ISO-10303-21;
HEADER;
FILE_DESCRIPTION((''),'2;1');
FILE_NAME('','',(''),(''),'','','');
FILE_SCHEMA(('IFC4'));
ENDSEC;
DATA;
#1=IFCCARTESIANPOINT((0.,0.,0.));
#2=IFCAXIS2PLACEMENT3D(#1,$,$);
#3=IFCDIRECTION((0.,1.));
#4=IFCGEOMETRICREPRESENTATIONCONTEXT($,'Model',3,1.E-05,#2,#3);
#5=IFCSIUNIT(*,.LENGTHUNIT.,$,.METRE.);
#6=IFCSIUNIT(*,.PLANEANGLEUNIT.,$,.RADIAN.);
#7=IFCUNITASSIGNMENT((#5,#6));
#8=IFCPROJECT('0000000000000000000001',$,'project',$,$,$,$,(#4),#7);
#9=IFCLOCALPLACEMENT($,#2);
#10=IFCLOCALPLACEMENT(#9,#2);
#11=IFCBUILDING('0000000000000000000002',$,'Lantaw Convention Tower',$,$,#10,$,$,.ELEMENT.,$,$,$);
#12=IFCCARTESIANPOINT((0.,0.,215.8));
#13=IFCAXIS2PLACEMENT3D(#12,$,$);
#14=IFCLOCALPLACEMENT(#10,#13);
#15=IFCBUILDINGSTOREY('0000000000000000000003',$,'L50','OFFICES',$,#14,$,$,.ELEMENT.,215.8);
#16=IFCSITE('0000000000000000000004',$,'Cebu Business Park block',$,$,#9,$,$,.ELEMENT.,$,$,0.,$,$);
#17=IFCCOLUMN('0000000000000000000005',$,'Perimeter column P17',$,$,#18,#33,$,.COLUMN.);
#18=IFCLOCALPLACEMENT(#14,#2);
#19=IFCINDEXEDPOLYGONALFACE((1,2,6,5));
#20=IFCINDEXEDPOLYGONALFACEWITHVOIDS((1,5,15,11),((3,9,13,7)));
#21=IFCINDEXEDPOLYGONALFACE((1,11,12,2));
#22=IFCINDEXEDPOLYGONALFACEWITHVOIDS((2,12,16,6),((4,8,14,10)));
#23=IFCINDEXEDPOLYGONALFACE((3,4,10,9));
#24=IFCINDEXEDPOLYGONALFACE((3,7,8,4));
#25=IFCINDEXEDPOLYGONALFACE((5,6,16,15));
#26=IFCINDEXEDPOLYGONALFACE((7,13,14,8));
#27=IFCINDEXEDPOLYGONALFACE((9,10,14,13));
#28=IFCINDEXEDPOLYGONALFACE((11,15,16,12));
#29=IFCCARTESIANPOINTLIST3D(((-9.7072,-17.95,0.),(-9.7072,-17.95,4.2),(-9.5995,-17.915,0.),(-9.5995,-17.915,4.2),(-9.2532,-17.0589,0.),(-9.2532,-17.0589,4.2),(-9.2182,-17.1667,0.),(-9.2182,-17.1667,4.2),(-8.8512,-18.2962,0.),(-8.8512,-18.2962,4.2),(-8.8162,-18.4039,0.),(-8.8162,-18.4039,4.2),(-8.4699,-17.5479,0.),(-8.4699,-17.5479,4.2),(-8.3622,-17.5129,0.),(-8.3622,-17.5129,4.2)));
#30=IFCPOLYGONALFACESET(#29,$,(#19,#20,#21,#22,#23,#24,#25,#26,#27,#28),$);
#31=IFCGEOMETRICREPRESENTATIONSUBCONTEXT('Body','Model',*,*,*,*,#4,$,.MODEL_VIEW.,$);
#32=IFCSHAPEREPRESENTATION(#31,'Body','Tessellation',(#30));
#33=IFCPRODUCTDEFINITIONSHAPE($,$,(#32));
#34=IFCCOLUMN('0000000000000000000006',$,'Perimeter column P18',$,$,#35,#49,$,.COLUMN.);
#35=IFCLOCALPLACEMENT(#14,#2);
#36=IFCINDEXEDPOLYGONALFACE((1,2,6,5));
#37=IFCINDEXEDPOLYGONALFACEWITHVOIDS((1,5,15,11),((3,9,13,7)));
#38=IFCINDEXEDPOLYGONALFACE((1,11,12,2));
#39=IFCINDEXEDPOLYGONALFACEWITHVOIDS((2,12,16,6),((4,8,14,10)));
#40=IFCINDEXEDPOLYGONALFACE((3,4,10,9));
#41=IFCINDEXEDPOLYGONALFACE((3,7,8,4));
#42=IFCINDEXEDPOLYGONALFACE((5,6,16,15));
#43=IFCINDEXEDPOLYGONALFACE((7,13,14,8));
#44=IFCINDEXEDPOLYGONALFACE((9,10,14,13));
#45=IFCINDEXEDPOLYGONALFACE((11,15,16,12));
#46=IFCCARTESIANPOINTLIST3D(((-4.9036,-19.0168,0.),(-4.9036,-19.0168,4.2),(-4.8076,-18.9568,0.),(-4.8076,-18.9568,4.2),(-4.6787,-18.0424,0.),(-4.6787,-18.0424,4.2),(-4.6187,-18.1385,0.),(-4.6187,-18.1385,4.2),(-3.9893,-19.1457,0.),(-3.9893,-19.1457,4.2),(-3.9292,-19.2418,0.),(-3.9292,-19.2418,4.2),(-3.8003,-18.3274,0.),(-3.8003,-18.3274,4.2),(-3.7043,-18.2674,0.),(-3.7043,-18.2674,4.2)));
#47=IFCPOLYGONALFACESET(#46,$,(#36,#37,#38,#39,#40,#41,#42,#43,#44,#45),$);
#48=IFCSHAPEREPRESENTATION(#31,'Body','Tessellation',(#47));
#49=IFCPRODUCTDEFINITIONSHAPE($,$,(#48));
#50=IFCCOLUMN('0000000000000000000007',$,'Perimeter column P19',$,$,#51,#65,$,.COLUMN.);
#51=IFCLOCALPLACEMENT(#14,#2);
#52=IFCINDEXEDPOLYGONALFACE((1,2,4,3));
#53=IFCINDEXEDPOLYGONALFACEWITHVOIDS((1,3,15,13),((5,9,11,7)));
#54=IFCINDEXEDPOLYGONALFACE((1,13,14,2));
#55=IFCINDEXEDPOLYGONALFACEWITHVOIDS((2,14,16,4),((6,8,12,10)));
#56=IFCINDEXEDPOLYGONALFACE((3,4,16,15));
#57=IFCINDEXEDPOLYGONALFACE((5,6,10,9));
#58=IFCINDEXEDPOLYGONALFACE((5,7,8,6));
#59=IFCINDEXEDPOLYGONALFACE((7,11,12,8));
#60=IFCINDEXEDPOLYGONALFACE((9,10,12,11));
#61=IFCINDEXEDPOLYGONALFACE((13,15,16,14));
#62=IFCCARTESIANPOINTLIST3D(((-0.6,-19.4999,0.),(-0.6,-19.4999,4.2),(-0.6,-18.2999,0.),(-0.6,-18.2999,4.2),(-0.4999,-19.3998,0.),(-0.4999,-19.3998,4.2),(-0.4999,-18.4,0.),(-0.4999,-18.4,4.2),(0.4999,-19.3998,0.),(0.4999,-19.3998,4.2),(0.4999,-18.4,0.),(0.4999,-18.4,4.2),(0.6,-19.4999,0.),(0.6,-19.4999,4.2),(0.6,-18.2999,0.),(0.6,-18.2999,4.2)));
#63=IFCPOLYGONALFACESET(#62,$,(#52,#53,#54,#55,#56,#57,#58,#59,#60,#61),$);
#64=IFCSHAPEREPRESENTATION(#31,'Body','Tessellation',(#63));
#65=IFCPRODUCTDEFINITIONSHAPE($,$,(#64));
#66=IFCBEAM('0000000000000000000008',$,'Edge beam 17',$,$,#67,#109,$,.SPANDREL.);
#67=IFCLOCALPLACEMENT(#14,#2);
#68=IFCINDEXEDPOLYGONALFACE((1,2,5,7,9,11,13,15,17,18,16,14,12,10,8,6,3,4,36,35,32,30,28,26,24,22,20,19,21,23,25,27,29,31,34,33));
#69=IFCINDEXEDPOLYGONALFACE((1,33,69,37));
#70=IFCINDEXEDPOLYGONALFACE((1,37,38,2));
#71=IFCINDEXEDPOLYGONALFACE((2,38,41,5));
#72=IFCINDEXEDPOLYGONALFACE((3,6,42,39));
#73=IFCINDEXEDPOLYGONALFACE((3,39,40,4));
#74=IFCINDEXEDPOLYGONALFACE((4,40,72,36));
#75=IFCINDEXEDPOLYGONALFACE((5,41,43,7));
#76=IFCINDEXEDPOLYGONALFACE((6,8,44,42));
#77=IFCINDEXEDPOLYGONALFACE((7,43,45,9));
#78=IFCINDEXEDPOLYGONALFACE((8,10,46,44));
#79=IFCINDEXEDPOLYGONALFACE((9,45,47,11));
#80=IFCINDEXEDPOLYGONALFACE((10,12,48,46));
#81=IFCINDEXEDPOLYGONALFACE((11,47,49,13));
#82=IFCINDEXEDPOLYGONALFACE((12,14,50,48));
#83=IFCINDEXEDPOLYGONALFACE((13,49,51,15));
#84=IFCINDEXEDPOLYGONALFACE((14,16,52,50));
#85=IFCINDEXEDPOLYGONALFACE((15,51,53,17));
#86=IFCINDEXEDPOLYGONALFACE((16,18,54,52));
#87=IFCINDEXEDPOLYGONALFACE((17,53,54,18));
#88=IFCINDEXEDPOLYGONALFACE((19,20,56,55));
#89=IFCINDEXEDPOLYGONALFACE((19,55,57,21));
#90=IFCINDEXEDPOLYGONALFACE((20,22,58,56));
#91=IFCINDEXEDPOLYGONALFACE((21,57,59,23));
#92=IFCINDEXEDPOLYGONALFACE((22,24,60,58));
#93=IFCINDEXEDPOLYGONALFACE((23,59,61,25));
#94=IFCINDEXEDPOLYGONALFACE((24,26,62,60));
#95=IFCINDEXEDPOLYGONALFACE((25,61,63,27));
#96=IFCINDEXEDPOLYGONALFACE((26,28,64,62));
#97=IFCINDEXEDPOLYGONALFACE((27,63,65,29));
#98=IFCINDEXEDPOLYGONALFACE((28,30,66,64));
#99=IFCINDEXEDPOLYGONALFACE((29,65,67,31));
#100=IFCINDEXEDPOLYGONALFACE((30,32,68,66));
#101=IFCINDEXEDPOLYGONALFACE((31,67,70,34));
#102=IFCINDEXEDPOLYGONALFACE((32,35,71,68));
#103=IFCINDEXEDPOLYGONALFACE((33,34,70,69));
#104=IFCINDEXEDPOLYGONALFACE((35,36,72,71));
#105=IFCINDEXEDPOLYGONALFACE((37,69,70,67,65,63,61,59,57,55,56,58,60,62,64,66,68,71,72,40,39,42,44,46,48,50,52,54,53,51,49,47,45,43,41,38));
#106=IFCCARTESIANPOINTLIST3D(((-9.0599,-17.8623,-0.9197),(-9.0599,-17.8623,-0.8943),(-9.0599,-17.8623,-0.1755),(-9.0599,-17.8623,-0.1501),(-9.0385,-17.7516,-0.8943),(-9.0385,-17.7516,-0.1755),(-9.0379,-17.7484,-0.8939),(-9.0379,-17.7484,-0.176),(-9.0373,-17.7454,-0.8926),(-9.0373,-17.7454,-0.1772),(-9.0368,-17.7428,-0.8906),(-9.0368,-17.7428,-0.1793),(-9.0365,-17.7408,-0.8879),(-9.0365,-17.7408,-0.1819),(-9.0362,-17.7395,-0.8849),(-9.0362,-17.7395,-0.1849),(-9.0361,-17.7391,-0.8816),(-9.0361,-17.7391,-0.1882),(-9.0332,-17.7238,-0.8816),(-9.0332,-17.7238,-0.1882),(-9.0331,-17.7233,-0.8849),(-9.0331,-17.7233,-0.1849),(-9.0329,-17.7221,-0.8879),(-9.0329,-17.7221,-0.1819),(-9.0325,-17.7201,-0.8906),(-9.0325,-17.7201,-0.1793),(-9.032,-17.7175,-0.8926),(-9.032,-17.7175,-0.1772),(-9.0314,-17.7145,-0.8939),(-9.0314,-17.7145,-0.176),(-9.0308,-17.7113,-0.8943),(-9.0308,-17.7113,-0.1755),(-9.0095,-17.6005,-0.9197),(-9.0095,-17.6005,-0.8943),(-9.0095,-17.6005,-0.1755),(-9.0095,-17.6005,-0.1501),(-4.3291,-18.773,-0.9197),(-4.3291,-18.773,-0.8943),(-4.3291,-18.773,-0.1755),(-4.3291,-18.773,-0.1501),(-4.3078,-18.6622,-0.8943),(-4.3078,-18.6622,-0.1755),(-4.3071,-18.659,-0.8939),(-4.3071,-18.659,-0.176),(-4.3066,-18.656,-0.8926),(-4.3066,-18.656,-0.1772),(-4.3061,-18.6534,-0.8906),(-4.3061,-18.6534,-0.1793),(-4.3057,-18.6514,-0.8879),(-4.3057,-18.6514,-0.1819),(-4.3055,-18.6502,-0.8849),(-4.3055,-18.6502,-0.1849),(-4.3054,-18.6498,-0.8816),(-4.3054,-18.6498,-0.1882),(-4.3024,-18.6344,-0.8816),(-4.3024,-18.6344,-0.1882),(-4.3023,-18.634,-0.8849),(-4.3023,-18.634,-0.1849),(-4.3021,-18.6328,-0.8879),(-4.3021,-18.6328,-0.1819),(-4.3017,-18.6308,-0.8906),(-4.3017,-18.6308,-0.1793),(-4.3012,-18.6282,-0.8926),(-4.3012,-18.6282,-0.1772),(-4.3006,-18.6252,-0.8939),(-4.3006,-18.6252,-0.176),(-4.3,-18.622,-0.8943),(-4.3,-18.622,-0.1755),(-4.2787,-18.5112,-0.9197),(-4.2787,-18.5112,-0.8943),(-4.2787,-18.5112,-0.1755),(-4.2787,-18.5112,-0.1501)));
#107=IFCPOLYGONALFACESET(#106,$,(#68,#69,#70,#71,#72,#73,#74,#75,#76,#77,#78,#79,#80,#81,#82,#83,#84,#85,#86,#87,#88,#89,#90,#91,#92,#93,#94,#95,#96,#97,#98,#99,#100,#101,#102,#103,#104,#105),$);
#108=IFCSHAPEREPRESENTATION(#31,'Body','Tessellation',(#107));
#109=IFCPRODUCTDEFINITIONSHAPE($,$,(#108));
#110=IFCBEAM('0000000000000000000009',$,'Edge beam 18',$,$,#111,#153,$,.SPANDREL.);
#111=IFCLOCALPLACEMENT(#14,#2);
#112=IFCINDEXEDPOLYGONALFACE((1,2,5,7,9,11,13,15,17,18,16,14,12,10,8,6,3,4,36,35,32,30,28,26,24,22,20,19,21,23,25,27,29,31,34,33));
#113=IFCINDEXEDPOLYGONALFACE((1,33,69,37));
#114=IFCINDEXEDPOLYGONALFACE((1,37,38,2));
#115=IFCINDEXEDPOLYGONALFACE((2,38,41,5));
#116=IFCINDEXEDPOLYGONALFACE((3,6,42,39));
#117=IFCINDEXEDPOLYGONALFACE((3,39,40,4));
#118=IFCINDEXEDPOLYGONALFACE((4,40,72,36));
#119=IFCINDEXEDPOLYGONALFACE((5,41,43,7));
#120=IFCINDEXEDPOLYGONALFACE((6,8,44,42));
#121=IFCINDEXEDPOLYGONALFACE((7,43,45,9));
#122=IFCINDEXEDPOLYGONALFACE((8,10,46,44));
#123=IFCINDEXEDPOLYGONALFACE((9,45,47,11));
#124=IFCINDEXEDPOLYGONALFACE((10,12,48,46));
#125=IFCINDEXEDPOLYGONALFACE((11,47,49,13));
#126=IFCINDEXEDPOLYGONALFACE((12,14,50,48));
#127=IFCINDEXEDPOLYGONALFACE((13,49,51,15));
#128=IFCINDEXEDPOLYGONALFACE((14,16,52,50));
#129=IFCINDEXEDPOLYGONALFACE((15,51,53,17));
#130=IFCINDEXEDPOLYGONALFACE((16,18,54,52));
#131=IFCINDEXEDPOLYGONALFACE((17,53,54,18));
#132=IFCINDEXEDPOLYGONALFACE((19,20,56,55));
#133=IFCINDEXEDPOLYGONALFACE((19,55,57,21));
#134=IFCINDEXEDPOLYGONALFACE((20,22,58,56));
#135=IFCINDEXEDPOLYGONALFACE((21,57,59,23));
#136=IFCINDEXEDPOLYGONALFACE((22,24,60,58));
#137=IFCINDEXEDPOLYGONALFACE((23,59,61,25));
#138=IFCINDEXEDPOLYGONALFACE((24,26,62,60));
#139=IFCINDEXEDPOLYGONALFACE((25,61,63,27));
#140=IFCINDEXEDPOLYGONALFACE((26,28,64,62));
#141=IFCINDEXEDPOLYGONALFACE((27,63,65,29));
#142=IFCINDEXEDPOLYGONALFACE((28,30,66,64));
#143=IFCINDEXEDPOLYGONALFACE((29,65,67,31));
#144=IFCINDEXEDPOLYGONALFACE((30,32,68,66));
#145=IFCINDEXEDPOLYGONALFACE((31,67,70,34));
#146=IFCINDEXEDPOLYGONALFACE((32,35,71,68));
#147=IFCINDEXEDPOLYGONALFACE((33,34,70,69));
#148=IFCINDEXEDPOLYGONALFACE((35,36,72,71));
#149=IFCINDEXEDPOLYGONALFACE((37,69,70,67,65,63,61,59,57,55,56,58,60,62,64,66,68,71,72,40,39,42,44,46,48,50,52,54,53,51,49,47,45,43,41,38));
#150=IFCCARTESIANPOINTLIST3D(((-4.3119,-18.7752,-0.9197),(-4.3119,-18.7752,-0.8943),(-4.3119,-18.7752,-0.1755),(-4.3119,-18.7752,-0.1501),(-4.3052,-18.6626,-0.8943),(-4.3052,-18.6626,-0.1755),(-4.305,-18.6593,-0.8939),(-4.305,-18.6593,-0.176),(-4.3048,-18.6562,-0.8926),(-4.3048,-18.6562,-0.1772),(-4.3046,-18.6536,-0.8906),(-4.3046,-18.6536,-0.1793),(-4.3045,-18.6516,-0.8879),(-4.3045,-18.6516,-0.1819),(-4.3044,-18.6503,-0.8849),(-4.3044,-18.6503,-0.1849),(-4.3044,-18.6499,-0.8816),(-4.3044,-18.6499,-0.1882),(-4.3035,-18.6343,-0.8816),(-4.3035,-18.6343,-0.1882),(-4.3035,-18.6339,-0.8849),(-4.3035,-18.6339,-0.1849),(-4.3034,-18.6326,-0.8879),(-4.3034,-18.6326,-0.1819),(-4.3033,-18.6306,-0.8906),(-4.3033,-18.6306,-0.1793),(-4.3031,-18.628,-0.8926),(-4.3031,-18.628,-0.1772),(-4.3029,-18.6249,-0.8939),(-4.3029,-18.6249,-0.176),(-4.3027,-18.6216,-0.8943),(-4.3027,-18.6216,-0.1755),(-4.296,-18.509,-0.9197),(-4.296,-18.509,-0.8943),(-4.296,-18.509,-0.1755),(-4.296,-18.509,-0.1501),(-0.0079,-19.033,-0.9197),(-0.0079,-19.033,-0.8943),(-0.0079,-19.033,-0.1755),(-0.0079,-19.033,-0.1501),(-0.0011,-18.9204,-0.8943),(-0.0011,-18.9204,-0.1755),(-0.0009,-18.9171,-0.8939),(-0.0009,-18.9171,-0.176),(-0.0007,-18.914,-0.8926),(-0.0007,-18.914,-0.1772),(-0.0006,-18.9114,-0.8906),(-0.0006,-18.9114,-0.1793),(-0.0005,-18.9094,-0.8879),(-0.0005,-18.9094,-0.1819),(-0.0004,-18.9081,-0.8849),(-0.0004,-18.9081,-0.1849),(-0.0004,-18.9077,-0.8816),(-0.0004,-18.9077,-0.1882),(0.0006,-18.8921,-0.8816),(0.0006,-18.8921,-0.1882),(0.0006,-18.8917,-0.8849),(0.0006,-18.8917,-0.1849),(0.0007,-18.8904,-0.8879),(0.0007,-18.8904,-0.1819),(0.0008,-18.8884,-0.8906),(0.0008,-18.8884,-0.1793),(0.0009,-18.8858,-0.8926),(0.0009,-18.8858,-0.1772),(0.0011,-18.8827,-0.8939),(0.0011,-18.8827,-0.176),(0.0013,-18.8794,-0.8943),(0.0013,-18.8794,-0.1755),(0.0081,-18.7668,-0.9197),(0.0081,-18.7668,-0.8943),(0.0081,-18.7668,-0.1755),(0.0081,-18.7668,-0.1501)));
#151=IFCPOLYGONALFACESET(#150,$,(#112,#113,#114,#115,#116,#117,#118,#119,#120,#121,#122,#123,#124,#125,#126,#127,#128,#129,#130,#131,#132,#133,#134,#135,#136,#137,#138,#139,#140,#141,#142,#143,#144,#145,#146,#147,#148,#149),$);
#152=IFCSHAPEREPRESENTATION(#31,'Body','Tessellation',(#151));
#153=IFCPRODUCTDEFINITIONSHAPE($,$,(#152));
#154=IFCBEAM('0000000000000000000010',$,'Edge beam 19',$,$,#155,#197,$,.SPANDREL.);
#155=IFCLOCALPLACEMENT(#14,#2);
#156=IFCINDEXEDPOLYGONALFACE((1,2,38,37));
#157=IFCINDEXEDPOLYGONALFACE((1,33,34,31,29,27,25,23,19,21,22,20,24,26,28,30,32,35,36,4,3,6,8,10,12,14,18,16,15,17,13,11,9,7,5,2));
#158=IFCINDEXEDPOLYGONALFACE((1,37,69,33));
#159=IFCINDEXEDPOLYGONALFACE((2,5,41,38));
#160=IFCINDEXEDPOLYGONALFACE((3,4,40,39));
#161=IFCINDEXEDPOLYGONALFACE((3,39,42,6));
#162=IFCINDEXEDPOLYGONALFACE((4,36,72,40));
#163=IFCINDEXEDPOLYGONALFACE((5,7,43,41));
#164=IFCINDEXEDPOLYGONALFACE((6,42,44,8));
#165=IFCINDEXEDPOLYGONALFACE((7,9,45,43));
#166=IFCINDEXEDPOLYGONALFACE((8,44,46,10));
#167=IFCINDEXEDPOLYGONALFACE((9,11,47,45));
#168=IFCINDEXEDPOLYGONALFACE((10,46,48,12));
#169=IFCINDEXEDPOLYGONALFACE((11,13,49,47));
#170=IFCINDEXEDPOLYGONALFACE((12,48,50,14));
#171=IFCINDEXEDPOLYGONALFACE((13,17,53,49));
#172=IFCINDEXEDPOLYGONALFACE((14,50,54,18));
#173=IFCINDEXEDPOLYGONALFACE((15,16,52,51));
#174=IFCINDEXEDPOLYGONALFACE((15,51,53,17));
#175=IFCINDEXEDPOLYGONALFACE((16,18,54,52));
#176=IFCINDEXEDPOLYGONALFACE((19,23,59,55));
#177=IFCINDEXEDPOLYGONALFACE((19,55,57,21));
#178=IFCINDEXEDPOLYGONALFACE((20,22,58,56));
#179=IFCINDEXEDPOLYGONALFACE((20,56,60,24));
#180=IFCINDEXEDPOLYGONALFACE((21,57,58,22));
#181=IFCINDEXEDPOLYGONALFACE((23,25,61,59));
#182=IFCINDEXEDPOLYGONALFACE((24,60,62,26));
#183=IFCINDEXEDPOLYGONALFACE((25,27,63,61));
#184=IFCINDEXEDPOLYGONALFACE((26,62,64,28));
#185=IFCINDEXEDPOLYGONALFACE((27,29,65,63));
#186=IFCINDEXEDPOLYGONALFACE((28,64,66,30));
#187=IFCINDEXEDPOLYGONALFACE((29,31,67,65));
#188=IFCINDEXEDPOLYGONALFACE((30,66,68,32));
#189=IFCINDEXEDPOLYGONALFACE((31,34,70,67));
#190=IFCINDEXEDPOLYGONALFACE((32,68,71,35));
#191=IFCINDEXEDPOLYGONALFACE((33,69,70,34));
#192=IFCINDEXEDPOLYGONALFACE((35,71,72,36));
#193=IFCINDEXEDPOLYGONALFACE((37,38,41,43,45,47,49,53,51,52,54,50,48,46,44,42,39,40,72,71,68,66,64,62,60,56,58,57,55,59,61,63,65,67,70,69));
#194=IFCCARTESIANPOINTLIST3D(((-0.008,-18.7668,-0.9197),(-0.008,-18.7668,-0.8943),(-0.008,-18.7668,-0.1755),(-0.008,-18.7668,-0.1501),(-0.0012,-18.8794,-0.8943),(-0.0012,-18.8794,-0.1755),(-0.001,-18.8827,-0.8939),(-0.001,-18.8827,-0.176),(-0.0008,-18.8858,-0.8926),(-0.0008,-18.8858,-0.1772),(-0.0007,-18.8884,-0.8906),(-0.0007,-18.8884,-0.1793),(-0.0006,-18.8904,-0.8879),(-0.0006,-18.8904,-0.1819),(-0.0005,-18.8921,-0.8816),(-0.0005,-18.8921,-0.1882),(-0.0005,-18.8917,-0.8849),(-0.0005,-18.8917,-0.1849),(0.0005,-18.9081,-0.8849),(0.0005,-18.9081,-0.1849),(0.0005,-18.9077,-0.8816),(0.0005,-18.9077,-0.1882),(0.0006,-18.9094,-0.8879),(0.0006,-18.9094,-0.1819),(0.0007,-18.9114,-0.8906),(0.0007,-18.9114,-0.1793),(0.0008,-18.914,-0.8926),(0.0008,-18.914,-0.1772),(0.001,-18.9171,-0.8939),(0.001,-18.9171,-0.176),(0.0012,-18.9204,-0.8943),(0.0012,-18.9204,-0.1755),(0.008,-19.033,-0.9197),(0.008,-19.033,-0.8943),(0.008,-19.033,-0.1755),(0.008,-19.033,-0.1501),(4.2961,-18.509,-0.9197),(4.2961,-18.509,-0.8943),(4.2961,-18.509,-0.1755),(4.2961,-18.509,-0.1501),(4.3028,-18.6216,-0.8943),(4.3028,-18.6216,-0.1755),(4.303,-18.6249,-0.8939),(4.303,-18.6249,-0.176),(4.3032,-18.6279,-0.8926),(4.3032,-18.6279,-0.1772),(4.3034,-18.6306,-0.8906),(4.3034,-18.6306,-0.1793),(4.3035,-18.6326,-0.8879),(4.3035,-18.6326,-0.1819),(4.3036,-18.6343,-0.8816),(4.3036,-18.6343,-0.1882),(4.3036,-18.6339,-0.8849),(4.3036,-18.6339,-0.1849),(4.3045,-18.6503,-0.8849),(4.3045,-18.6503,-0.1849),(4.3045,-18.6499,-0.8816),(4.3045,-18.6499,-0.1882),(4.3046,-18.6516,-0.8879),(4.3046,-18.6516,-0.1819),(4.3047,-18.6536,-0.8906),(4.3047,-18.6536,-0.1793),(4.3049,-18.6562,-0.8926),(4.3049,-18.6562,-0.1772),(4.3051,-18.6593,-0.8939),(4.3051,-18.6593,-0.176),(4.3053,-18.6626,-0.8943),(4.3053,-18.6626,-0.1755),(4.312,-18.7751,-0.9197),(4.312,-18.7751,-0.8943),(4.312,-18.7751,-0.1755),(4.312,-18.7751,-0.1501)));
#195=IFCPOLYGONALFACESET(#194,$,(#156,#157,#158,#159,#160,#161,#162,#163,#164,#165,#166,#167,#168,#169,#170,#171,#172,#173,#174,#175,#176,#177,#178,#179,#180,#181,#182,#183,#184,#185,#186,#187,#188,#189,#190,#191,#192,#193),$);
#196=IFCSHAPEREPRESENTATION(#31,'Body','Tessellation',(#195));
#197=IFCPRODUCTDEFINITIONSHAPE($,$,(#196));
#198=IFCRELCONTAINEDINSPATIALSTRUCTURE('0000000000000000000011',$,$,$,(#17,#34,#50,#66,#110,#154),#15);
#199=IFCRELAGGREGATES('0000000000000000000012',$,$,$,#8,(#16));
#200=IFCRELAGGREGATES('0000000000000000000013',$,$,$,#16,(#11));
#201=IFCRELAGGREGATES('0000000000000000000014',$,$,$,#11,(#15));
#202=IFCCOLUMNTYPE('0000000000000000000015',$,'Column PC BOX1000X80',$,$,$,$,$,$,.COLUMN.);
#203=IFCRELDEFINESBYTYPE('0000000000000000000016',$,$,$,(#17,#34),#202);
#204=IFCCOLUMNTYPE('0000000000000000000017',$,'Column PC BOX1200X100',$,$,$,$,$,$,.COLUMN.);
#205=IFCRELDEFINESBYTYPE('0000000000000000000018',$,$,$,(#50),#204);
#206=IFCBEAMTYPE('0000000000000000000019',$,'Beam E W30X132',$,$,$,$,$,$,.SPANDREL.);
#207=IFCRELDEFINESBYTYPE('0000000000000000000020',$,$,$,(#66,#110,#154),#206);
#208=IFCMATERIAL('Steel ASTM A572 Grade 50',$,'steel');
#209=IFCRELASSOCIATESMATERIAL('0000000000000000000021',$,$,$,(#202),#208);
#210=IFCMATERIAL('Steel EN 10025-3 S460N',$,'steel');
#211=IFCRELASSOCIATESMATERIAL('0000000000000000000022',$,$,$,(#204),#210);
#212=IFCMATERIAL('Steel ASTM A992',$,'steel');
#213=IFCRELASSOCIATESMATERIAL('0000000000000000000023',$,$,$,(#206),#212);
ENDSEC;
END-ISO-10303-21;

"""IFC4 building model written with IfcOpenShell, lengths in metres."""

from ifc_helpers import new_model, si_unit, direction, frame, origin, origin_2d, place, context, subcontext, project, spatial, rectangle, hollow_rectangle, i_section, extrude, material, material_profile, profile_set, type_object, element, save


model = new_model("IFC4")

# Units and contexts
model_context = context("Model", 3, precision=1e-05, world=origin(), true_north=direction((0.0, 1.0)))
body_context = subcontext(model_context, "Body", "Model", "MODEL_VIEW")
ifc_project = project(units=[si_unit("LENGTHUNIT", "METRE"), si_unit("PLANEANGLEUNIT", "RADIAN")], contexts=[model_context])

# Site, building, storey
site_placement = place(None, origin())
site = spatial("IfcSite", under=ifc_project, at=site_placement, Name="Cebu Business Park block", CompositionType="ELEMENT", RefElevation=0.0)
building_placement = place(site_placement, origin())
building = spatial("IfcBuilding", under=site, at=building_placement, Name="Lantaw Convention Tower", CompositionType="ELEMENT")
storey_placement = place(building_placement, frame((0.0, 0.0, 215.8)))
storey = spatial("IfcBuildingStorey", under=building, at=storey_placement, Name="L50", Description="OFFICES", CompositionType="ELEMENT", Elevation=215.8)

# Columns
ifc_material_1 = material(Name="Steel ASTM A572 Grade 50", Category="steel")
ifc_material_profile_1 = material_profile(ifc_material_1, hollow_rectangle(XDim=1.0, YDim=1.0, WallThickness=0.0801, at=origin_2d()), Name="BOX1000X80")
ifc_material_2 = material(Name="Concrete C60/75", Category="concrete")
ifc_material_profile_2 = material_profile(ifc_material_2, rectangle(XDim=0.8401, YDim=0.8401, at=origin_2d()), Name="Concrete fill of BOX1000X80")
ifc_profile_set_1 = profile_set([ifc_material_profile_1, ifc_material_profile_2], Name="Steel ASTM A572 Grade 50")
column_type_1 = type_object("IfcColumnType", Name="Column PC BOX1000X80", PredefinedType="COLUMN", material=ifc_profile_set_1)
for number, where, z_axis, x_axis, name in (
    (1, (-9.0347, -17.7314, 0.0), (0.0, 0.0, 1.0), (0.45399, 0.891007, 0.0), "Perimeter column P17"),
    (2, (-4.304, -18.6421, 0.0), (0.0, 0.0, 1.0), (0.224951, 0.97437, 0.0), "Perimeter column P18"),
):
    element("IfcColumn", number, at=place(storey_placement, frame(where, z_axis=z_axis, x_axis=x_axis)), inside=storey, type_object=column_type_1, Name=name, PredefinedType="COLUMN", context=body_context, shape_type="SweptSolid", body=[
        extrude(hollow_rectangle(XDim=1.0, YDim=1.0, WallThickness=0.0801, at=origin_2d()), origin(), (0.0, 0.0, 1.0), 4.2),
    ])
ifc_material_3 = material(Name="Steel EN 10025-3 S460N", Category="steel")
ifc_material_profile_3 = material_profile(ifc_material_3, hollow_rectangle(XDim=1.2, YDim=1.2, WallThickness=0.1001, at=origin_2d()), Name="BOX1200X100")
ifc_material_profile_4 = material_profile(ifc_material_2, rectangle(XDim=1.0, YDim=1.0, at=origin_2d()), Name="Concrete fill of BOX1200X100")
ifc_profile_set_2 = profile_set([ifc_material_profile_3, ifc_material_profile_4], Name="Steel EN 10025-3 S460N")
column_type_2 = type_object("IfcColumnType", Name="Column PC BOX1200X100", PredefinedType="COLUMN", material=ifc_profile_set_2)
column_placement = place(storey_placement, frame((0.0, -18.8999, 0.0), z_axis=(0.0, 0.0, 1.0), x_axis=(1.0, 0.0, 0.0)))
element("IfcColumn", 3, at=column_placement, inside=storey, type_object=column_type_2, Name="Perimeter column P19", PredefinedType="COLUMN", context=body_context, shape_type="SweptSolid", body=[
    extrude(hollow_rectangle(XDim=1.2, YDim=1.2, WallThickness=0.1001, at=origin_2d()), origin(), (0.0, 0.0, 1.0), 4.2),
])

# Beams
ifc_material_4 = material(Name="Steel ASTM A992", Category="steel")
ifc_material_profile_5 = material_profile(ifc_material_4, i_section(OverallWidth=0.2666, OverallDepth=0.7695, WebThickness=0.0156, FlangeThickness=0.0254, FilletRadius=0.0127, at=origin_2d()), Name="W30X132")
ifc_profile_set_3 = profile_set([ifc_material_profile_5], Name="Steel ASTM A992")
beam_type_1 = type_object("IfcBeamType", Name="Beam E W30X132", PredefinedType="SPANDREL", material=ifc_profile_set_3)
beam_1_placement = place(storey_placement, frame((-9.0347, -17.7314, -0.5349), z_axis=(0.981972, -0.189026, 0.0), x_axis=(0.189026, 0.981972, 0.0)))
element("IfcBeam", 4, at=beam_1_placement, inside=storey, type_object=beam_type_1, Name="Edge beam 17", PredefinedType="SPANDREL", context=body_context, shape_type="SweptSolid", body=[
    extrude(i_section(OverallWidth=0.2666, OverallDepth=0.7695, WebThickness=0.0156, FlangeThickness=0.0254, FilletRadius=0.0127, at=origin_2d()), origin(), (0.0, 0.0, 1.0), 4.8176),
])
for number, where, z_axis, x_axis, name in (
    (5, (-4.304, -18.6421, -0.5349), (0.998211, -0.059794, 0.0), (0.059794, 0.998211, 0.0), "Edge beam 18"),
    (6, (0.0, -18.8999, -0.5349), (0.998211, 0.059794, 0.0), (-0.059794, 0.998211, 0.0), "Edge beam 19"),
):
    element("IfcBeam", number, at=place(storey_placement, frame(where, z_axis=z_axis, x_axis=x_axis)), inside=storey, type_object=beam_type_1, Name=name, PredefinedType="SPANDREL", context=body_context, shape_type="SweptSolid", body=[
        extrude(i_section(OverallWidth=0.2666, OverallDepth=0.7695, WebThickness=0.0156, FlangeThickness=0.0254, FilletRadius=0.0127, at=origin_2d()), origin(), (0.0, 0.0, 1.0), 4.3118),
    ])

save(model, "model.ifc")
